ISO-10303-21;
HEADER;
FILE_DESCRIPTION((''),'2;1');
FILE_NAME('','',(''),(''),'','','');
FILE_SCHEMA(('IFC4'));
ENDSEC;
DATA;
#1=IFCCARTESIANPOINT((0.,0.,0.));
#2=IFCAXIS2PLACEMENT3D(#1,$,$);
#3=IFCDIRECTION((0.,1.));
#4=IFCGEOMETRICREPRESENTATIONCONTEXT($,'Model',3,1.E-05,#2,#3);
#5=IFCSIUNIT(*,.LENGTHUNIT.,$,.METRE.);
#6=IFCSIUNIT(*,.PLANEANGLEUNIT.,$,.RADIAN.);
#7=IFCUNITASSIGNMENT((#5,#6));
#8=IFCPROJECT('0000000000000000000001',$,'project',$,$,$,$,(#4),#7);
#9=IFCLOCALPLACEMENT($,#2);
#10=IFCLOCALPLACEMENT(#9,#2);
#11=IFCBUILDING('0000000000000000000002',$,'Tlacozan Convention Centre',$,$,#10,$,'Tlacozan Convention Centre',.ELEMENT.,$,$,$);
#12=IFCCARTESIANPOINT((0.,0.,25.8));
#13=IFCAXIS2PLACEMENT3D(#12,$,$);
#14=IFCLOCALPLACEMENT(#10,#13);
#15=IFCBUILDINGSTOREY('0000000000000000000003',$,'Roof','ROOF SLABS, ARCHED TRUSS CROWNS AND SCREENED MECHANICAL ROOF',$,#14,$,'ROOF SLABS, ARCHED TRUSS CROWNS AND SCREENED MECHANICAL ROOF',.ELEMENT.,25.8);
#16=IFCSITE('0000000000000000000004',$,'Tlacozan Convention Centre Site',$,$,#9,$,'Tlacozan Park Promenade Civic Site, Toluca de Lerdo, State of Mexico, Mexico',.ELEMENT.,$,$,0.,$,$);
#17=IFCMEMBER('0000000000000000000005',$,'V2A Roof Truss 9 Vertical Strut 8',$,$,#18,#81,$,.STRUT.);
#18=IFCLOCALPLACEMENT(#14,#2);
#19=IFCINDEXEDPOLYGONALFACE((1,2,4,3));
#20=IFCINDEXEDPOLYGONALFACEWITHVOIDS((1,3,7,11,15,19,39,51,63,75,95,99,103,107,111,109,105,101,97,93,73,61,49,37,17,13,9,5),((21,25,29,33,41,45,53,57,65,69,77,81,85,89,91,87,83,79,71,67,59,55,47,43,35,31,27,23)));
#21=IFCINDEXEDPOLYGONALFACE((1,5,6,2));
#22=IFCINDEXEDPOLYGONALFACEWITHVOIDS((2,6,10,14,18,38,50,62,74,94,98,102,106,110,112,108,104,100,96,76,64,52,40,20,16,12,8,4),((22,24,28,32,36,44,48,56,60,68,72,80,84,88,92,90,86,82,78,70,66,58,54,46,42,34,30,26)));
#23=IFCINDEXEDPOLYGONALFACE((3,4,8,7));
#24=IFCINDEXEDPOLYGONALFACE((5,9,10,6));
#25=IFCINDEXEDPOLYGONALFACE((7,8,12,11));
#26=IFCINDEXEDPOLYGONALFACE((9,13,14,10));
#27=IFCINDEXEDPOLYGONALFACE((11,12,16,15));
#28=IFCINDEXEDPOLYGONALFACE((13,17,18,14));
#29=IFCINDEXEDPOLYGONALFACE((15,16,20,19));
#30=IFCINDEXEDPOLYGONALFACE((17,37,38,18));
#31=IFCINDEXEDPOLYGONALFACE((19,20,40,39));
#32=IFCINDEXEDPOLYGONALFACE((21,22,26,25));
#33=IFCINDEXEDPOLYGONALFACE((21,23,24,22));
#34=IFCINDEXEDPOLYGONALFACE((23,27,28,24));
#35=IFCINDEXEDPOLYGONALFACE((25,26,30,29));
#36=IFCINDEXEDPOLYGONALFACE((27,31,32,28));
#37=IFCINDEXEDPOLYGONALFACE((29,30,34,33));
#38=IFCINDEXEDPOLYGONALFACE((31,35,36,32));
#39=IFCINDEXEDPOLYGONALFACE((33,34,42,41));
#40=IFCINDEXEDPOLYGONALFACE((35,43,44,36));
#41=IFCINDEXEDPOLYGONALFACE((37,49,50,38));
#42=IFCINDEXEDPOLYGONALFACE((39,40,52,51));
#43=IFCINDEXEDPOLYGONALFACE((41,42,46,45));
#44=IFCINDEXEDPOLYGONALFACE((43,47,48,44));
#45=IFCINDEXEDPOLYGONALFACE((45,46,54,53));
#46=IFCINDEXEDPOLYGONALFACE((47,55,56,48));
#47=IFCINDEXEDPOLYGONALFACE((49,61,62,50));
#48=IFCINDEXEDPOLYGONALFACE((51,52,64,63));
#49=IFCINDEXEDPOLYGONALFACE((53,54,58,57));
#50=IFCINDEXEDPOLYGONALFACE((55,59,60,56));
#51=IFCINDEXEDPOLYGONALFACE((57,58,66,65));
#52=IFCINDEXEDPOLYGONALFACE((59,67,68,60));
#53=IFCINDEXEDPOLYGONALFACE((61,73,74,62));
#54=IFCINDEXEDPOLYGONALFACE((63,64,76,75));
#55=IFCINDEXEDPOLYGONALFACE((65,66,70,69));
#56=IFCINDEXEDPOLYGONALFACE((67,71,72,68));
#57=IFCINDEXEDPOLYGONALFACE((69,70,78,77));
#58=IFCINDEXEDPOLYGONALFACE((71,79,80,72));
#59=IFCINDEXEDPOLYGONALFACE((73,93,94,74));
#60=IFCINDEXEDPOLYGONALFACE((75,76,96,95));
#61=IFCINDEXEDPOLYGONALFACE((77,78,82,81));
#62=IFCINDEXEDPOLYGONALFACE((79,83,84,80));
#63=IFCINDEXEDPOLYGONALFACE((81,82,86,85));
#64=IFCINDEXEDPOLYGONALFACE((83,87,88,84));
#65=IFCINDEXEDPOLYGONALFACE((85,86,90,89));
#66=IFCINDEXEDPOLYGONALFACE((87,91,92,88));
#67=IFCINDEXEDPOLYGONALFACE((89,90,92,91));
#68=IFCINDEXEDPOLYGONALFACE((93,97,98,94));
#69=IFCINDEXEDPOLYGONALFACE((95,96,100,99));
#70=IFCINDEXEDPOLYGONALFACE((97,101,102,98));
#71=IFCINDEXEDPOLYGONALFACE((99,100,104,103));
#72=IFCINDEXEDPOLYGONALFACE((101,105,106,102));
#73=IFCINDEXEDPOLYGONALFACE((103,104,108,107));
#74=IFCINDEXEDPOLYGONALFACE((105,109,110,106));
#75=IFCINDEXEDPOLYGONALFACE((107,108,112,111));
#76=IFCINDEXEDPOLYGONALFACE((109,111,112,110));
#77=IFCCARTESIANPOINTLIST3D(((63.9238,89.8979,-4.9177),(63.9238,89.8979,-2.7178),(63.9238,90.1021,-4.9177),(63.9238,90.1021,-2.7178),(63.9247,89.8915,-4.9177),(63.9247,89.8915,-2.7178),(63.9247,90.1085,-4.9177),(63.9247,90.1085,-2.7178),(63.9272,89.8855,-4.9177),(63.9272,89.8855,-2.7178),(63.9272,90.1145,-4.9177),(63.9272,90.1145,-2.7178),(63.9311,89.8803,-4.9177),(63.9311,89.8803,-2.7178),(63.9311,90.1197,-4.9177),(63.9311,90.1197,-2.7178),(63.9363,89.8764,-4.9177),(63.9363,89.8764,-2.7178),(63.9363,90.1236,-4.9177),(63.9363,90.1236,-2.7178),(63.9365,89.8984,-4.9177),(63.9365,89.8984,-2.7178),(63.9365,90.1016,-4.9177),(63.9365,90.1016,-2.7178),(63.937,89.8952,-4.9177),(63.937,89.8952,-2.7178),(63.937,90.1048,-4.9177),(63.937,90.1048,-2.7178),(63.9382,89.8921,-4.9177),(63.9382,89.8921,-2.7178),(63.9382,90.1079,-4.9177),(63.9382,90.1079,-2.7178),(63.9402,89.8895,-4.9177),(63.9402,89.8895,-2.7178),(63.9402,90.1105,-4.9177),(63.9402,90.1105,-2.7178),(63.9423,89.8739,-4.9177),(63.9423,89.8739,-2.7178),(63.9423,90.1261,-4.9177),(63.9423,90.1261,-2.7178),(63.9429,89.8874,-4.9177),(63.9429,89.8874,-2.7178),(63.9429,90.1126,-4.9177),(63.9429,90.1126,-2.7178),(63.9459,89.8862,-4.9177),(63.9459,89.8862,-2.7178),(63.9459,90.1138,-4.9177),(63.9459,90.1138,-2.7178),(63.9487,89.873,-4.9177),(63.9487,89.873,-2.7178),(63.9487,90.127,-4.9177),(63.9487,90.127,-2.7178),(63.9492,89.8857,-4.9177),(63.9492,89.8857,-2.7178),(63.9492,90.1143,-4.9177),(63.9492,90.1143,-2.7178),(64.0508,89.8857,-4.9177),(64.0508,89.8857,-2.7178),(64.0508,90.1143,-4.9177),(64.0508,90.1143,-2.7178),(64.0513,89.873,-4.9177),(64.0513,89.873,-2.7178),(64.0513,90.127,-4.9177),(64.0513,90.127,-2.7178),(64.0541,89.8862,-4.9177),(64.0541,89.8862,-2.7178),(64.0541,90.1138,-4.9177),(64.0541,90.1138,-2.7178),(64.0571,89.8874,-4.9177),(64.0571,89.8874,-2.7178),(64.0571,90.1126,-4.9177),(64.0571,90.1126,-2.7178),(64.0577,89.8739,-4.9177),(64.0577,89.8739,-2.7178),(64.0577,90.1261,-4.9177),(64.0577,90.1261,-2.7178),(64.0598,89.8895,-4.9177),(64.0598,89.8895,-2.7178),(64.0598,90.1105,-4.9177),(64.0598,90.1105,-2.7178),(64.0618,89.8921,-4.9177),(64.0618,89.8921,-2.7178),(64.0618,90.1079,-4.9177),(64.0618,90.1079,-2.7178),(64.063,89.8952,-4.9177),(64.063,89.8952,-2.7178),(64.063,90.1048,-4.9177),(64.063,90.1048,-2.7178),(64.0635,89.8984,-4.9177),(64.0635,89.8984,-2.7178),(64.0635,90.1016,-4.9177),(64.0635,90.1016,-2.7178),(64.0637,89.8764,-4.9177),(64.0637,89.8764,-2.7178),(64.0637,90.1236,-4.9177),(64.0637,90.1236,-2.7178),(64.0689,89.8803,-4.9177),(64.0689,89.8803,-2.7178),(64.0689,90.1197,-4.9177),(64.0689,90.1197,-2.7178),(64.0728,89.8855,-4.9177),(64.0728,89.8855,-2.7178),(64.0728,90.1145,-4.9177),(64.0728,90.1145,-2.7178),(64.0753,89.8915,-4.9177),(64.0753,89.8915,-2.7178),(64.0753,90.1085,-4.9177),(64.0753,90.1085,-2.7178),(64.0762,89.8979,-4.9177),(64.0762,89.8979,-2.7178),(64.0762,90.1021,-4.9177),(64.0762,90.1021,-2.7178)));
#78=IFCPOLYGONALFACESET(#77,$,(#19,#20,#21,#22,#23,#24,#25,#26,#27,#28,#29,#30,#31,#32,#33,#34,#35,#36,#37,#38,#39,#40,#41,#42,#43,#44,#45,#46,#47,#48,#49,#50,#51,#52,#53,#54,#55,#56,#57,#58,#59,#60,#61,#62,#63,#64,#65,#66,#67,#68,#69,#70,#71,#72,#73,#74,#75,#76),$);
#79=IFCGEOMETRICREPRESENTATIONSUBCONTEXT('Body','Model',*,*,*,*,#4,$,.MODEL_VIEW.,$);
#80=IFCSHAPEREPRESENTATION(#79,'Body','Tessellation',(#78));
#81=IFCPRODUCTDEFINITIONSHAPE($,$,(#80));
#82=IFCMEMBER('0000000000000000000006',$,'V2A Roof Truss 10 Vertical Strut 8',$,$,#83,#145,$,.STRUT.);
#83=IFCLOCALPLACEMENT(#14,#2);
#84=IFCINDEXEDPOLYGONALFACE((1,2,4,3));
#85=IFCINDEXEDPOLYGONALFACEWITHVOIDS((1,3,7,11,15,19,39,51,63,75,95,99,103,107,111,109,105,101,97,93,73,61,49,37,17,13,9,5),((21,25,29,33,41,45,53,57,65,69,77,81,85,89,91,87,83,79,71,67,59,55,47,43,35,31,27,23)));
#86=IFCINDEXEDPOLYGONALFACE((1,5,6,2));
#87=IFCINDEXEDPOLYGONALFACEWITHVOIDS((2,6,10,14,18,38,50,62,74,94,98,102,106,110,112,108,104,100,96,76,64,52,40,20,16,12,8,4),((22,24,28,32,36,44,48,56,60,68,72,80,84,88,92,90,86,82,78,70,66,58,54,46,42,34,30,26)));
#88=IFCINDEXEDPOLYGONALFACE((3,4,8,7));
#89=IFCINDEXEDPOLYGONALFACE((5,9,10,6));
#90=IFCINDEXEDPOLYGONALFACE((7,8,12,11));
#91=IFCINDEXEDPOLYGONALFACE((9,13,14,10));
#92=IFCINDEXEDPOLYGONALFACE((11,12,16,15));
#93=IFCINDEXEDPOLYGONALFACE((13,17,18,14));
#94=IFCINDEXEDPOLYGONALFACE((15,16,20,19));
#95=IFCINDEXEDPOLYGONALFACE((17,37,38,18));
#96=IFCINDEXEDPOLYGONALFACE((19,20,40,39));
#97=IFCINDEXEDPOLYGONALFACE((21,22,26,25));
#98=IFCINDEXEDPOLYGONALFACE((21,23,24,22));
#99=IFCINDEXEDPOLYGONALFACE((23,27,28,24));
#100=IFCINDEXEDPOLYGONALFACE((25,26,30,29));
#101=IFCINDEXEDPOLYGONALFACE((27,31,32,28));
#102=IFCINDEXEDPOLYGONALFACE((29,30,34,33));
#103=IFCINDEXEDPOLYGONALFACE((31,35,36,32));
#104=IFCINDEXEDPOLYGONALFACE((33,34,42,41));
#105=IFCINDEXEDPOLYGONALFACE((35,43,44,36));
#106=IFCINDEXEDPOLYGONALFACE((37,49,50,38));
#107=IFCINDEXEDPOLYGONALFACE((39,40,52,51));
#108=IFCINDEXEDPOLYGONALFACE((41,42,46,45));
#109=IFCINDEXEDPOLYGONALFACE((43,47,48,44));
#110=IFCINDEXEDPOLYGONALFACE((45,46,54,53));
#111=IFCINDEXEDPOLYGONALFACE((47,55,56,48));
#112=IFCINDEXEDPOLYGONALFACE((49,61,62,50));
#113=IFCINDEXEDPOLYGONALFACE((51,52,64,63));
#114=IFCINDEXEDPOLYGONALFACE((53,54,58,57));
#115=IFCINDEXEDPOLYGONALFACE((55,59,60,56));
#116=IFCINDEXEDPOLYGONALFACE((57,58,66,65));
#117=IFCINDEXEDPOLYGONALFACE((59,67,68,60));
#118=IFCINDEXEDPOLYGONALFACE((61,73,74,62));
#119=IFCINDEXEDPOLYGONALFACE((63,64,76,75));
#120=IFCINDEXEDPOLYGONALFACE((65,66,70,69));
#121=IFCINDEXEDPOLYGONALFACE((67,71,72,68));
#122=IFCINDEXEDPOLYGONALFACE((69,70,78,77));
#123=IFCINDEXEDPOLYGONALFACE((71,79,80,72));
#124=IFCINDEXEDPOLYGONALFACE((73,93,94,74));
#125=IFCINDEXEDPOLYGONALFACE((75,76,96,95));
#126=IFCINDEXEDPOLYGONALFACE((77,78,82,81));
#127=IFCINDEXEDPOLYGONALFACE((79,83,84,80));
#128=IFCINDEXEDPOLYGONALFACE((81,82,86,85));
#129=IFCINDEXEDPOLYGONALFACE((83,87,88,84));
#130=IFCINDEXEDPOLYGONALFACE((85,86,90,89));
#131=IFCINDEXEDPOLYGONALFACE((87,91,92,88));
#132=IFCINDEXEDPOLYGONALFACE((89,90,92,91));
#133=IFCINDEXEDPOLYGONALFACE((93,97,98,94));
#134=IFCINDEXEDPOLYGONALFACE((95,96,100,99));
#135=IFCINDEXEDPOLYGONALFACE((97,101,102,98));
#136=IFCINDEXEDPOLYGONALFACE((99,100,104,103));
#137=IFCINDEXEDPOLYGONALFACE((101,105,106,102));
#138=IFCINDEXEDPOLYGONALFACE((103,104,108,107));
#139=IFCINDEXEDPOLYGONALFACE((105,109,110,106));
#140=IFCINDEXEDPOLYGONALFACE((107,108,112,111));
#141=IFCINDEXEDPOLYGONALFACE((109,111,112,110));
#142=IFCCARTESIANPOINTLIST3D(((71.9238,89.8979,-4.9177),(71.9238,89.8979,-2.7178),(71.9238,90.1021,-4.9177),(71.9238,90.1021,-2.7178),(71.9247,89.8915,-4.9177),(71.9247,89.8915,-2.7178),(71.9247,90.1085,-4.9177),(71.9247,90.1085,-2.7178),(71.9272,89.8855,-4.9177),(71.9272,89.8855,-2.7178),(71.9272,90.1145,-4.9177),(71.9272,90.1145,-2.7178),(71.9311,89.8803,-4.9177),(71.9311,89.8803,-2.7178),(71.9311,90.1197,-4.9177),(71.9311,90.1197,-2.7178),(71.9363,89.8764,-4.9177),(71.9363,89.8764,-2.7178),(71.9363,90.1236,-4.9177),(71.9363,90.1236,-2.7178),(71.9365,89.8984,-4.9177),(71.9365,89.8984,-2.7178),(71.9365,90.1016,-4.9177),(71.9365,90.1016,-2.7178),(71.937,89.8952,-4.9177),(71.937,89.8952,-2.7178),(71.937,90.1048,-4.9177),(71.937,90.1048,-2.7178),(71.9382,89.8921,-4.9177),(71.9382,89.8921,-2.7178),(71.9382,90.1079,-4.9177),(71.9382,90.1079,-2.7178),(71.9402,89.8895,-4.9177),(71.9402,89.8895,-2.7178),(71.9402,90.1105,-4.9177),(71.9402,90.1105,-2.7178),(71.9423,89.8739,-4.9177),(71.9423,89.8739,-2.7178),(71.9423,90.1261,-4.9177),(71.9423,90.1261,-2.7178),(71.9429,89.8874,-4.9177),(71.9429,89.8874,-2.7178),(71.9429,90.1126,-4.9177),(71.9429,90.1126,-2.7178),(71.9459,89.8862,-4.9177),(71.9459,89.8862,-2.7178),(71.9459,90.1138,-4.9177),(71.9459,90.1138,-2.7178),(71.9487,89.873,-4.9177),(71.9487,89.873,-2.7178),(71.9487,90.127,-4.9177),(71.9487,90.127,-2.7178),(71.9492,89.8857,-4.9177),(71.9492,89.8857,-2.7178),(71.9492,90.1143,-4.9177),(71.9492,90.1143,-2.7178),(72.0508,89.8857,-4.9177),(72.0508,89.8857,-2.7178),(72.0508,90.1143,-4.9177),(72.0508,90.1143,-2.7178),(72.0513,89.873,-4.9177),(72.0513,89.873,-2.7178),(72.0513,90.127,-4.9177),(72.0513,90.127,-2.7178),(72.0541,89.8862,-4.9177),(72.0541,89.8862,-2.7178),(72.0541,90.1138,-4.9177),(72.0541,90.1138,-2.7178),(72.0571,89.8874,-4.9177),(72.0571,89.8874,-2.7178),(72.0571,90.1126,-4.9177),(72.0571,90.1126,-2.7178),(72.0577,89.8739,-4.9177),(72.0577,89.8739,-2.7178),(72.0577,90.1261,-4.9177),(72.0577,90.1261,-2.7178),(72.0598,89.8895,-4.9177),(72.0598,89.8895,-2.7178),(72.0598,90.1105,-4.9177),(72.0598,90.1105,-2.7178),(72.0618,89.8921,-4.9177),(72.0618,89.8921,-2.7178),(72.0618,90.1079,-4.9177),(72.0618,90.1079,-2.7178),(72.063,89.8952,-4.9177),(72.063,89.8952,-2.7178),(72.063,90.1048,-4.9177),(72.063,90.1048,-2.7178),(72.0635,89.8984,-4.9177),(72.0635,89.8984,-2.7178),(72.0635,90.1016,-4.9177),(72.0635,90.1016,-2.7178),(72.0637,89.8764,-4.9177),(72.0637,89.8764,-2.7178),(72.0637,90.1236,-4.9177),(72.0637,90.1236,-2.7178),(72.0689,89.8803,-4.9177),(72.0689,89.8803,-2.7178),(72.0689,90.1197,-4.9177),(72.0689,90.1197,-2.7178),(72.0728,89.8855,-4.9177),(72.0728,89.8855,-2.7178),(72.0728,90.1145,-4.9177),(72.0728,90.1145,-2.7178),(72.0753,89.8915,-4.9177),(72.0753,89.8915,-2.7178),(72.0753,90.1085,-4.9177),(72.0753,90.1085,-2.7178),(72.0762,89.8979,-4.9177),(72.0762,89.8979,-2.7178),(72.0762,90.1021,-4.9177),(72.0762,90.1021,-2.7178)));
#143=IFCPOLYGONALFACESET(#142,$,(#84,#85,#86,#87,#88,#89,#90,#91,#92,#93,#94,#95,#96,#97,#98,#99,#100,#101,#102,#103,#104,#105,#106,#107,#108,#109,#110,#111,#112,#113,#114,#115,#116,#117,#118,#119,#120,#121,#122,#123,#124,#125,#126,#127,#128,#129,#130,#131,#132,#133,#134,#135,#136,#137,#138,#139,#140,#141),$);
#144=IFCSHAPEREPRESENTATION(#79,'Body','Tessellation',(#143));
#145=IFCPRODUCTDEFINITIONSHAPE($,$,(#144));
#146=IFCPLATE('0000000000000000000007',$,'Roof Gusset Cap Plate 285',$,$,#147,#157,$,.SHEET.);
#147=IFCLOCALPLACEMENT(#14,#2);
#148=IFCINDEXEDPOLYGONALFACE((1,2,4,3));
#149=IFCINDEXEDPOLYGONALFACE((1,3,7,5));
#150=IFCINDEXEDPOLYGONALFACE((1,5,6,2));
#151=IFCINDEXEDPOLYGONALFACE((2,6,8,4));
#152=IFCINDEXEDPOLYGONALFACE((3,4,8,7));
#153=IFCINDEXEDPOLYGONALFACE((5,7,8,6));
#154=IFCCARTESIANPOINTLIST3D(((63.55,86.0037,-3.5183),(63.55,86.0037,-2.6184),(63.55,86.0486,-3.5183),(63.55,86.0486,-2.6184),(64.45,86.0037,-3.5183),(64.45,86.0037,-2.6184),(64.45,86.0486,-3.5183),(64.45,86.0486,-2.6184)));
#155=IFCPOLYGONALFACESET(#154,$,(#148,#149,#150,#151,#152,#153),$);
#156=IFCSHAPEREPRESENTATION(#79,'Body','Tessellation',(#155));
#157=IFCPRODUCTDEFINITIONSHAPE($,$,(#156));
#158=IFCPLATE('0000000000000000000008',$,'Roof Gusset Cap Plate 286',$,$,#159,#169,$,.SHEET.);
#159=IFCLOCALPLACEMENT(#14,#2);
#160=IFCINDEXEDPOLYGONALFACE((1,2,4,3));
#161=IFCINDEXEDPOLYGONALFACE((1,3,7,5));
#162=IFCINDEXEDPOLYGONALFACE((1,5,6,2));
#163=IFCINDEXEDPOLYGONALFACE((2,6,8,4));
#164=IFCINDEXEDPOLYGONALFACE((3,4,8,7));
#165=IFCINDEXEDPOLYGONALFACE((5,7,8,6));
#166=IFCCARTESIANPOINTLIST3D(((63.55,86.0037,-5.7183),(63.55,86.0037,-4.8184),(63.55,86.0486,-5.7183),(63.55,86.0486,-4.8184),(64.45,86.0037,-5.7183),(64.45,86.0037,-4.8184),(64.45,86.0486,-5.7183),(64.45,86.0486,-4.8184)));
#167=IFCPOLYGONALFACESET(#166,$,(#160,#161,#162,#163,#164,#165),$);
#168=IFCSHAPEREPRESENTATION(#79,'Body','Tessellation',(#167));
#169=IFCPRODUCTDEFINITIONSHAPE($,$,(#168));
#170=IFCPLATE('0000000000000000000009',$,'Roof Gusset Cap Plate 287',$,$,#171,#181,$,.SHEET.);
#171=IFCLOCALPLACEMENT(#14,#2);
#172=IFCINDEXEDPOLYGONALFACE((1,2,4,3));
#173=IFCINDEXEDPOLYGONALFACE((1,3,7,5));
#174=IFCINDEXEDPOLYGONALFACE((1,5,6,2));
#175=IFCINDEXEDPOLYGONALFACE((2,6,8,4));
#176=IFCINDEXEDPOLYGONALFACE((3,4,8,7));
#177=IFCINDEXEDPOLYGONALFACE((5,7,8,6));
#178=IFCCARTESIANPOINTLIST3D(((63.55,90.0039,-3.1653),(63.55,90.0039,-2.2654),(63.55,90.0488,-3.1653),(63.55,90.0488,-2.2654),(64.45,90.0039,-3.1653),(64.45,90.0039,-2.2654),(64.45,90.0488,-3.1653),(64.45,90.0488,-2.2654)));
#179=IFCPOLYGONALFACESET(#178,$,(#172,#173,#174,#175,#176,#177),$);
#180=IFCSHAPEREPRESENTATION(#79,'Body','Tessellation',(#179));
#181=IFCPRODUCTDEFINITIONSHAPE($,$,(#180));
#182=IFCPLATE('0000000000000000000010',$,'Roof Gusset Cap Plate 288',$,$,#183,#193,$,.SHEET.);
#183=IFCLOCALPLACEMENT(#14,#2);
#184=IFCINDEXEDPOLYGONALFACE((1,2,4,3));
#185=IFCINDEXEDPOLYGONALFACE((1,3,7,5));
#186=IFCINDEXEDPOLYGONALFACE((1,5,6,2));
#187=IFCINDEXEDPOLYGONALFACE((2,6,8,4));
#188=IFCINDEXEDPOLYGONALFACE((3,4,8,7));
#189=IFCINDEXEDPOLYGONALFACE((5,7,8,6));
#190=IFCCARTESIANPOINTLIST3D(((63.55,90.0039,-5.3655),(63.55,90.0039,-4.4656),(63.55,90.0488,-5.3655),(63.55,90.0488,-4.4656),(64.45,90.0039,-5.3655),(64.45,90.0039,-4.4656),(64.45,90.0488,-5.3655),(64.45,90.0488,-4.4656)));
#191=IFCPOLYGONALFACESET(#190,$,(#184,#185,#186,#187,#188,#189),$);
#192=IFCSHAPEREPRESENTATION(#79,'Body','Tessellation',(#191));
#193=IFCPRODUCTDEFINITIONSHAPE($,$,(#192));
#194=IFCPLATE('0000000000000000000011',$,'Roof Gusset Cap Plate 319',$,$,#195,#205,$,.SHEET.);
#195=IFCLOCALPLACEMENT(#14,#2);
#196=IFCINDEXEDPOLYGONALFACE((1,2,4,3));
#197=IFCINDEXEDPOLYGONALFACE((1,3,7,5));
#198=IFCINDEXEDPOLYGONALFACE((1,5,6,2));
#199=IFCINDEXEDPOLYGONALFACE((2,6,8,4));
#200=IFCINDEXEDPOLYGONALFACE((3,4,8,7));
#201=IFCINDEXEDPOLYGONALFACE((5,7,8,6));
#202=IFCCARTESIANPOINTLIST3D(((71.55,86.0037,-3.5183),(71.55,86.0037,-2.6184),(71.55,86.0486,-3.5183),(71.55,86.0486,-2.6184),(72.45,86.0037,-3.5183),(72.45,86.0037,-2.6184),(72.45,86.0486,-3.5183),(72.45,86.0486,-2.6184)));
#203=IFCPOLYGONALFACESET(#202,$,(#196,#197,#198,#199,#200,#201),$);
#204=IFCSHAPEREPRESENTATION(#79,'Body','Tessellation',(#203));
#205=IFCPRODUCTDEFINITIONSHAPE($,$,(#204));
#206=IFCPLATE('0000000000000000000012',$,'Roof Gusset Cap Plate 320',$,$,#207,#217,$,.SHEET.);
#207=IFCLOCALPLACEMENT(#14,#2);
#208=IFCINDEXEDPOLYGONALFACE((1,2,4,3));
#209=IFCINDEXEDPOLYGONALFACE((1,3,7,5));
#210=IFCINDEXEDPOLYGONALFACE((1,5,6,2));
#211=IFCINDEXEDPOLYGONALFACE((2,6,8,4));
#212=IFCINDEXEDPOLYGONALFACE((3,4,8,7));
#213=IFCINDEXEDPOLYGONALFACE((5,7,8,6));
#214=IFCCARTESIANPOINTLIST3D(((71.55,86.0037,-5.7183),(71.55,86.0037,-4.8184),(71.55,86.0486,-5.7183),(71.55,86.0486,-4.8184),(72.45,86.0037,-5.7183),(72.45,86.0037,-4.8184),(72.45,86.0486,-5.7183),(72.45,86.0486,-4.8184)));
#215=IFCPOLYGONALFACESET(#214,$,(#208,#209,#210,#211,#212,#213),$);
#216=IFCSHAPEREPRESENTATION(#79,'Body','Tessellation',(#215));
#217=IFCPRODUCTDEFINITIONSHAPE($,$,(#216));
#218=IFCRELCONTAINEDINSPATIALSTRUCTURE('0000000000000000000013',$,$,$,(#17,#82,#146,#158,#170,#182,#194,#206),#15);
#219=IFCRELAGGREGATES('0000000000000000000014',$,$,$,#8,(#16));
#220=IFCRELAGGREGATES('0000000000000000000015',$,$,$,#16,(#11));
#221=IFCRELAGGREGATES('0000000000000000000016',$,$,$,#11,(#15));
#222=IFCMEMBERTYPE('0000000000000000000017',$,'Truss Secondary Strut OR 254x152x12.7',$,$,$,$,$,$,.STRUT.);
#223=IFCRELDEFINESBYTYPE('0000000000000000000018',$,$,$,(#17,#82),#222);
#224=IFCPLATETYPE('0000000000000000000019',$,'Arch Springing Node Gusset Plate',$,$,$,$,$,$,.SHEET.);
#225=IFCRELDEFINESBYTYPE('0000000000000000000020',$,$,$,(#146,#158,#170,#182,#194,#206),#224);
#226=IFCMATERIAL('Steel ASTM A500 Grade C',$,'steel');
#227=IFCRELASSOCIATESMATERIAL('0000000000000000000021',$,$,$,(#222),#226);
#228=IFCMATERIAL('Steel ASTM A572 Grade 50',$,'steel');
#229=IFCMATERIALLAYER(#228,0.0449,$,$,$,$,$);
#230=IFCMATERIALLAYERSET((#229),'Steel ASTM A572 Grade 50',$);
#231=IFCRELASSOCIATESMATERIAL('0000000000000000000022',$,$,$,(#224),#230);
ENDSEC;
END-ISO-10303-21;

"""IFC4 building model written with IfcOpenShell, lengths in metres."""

from ifc_helpers import new_model, si_unit, direction, frame, origin, origin_2d, place, context, subcontext, project, spatial, rectangle, hollow_rectangle, extrude, material, layer, layer_set, material_profile, profile_set, type_object, element, save


model = new_model("IFC4")

# Units and contexts
model_context = context("Model", 3, precision=1e-05, world=origin(), true_north=direction((0.0, 1.0)))
body_context = subcontext(model_context, "Body", "Model", "MODEL_VIEW")
ifc_project = project(units=[si_unit("LENGTHUNIT", "METRE"), si_unit("PLANEANGLEUNIT", "RADIAN")], contexts=[model_context])

# Site, building, storey
site_placement = place(None, origin())
site = spatial("IfcSite", under=ifc_project, at=site_placement, Name="Tlacozan Convention Centre Site", LongName="Tlacozan Park Promenade Civic Site, Toluca de Lerdo, State of Mexico, Mexico", CompositionType="ELEMENT", RefElevation=0.0)
building_placement = place(site_placement, origin())
building = spatial("IfcBuilding", under=site, at=building_placement, Name="Tlacozan Convention Centre", LongName="Tlacozan Convention Centre", CompositionType="ELEMENT")
storey_placement = place(building_placement, frame((0.0, 0.0, 25.8)))
storey = spatial("IfcBuildingStorey", under=building, at=storey_placement, Name="Roof", Description="ROOF SLABS, ARCHED TRUSS CROWNS AND SCREENED MECHANICAL ROOF", LongName="ROOF SLABS, ARCHED TRUSS CROWNS AND SCREENED MECHANICAL ROOF", CompositionType="ELEMENT", Elevation=25.8)

# Members
ifc_material_1 = material(Name="Steel ASTM A500 Grade C", Category="steel")
ifc_material_profile_1 = material_profile(ifc_material_1, hollow_rectangle(XDim=0.1523, YDim=0.2539, WallThickness=0.0127, InnerFilletRadius=0.0127, OuterFilletRadius=0.0249, at=origin_2d()), Name="OR 254x152x12.7")
ifc_profile_set_1 = profile_set([ifc_material_profile_1], Name="Steel ASTM A500 Grade C")
member_type_1 = type_object("IfcMemberType", Name="Truss Secondary Strut OR 254x152x12.7", PredefinedType="STRUT", material=ifc_profile_set_1)
for number, where, z_axis, x_axis, name in (
    (1, (64.0, 90.0, -4.9177), (0.0, 0.0, 1.0), (1.0, 0.0, 0.0), "V2A Roof Truss 9 Vertical Strut 8"),
    (2, (72.0, 90.0, -4.9177), (0.0, 0.0, 1.0), (1.0, 0.0, 0.0), "V2A Roof Truss 10 Vertical Strut 8"),
):
    element("IfcMember", number, at=place(storey_placement, frame(where, z_axis=z_axis, x_axis=x_axis)), inside=storey, type_object=member_type_1, Name=name, PredefinedType="STRUT", context=body_context, shape_type="SweptSolid", body=[
        extrude(hollow_rectangle(XDim=0.1523, YDim=0.2539, WallThickness=0.0127, InnerFilletRadius=0.0127, OuterFilletRadius=0.0249, at=origin_2d()), origin(), (0.0, 0.0, 1.0), 2.2),
    ])

# Plates
ifc_material_2 = material(Name="Steel ASTM A572 Grade 50", Category="steel")
ifc_layer = layer(ifc_material_2, 0.0449)
ifc_layer_set = layer_set([ifc_layer], Name="Steel ASTM A572 Grade 50")
plate_type = type_object("IfcPlateType", Name="Arch Springing Node Gusset Plate", PredefinedType="SHEET", material=ifc_layer_set)
for number, where, z_axis, x_axis, name in (
    (3, (64.0, 86.0261, -3.5183), (0.0, 0.0, 1.0), (0.0, 1.0, 0.0), "Roof Gusset Cap Plate 285"),
    (4, (64.0, 86.0261, -5.7183), (0.0, 0.0, 1.0), (0.0, 1.0, 0.0), "Roof Gusset Cap Plate 286"),
    (5, (64.0, 90.0264, -3.1653), (0.0, 0.0, 1.0), (0.0, 1.0, 0.0), "Roof Gusset Cap Plate 287"),
    (6, (64.0, 90.0264, -5.3655), (0.0, 0.0, 1.0), (0.0, 1.0, 0.0), "Roof Gusset Cap Plate 288"),
    (7, (72.0, 86.0261, -3.5183), (0.0, 0.0, 1.0), (0.0, 1.0, 0.0), "Roof Gusset Cap Plate 319"),
    (8, (72.0, 86.0261, -5.7183), (0.0, 0.0, 1.0), (0.0, 1.0, 0.0), "Roof Gusset Cap Plate 320"),
):
    element("IfcPlate", number, at=place(storey_placement, frame(where, z_axis=z_axis, x_axis=x_axis)), inside=storey, type_object=plate_type, Name=name, PredefinedType="SHEET", context=body_context, shape_type="SweptSolid", body=[
        extrude(rectangle(XDim=0.0449, YDim=0.8999, at=origin_2d()), origin(), (0.0, 0.0, 1.0), 0.8999),
    ])

save(model, "model.ifc")
